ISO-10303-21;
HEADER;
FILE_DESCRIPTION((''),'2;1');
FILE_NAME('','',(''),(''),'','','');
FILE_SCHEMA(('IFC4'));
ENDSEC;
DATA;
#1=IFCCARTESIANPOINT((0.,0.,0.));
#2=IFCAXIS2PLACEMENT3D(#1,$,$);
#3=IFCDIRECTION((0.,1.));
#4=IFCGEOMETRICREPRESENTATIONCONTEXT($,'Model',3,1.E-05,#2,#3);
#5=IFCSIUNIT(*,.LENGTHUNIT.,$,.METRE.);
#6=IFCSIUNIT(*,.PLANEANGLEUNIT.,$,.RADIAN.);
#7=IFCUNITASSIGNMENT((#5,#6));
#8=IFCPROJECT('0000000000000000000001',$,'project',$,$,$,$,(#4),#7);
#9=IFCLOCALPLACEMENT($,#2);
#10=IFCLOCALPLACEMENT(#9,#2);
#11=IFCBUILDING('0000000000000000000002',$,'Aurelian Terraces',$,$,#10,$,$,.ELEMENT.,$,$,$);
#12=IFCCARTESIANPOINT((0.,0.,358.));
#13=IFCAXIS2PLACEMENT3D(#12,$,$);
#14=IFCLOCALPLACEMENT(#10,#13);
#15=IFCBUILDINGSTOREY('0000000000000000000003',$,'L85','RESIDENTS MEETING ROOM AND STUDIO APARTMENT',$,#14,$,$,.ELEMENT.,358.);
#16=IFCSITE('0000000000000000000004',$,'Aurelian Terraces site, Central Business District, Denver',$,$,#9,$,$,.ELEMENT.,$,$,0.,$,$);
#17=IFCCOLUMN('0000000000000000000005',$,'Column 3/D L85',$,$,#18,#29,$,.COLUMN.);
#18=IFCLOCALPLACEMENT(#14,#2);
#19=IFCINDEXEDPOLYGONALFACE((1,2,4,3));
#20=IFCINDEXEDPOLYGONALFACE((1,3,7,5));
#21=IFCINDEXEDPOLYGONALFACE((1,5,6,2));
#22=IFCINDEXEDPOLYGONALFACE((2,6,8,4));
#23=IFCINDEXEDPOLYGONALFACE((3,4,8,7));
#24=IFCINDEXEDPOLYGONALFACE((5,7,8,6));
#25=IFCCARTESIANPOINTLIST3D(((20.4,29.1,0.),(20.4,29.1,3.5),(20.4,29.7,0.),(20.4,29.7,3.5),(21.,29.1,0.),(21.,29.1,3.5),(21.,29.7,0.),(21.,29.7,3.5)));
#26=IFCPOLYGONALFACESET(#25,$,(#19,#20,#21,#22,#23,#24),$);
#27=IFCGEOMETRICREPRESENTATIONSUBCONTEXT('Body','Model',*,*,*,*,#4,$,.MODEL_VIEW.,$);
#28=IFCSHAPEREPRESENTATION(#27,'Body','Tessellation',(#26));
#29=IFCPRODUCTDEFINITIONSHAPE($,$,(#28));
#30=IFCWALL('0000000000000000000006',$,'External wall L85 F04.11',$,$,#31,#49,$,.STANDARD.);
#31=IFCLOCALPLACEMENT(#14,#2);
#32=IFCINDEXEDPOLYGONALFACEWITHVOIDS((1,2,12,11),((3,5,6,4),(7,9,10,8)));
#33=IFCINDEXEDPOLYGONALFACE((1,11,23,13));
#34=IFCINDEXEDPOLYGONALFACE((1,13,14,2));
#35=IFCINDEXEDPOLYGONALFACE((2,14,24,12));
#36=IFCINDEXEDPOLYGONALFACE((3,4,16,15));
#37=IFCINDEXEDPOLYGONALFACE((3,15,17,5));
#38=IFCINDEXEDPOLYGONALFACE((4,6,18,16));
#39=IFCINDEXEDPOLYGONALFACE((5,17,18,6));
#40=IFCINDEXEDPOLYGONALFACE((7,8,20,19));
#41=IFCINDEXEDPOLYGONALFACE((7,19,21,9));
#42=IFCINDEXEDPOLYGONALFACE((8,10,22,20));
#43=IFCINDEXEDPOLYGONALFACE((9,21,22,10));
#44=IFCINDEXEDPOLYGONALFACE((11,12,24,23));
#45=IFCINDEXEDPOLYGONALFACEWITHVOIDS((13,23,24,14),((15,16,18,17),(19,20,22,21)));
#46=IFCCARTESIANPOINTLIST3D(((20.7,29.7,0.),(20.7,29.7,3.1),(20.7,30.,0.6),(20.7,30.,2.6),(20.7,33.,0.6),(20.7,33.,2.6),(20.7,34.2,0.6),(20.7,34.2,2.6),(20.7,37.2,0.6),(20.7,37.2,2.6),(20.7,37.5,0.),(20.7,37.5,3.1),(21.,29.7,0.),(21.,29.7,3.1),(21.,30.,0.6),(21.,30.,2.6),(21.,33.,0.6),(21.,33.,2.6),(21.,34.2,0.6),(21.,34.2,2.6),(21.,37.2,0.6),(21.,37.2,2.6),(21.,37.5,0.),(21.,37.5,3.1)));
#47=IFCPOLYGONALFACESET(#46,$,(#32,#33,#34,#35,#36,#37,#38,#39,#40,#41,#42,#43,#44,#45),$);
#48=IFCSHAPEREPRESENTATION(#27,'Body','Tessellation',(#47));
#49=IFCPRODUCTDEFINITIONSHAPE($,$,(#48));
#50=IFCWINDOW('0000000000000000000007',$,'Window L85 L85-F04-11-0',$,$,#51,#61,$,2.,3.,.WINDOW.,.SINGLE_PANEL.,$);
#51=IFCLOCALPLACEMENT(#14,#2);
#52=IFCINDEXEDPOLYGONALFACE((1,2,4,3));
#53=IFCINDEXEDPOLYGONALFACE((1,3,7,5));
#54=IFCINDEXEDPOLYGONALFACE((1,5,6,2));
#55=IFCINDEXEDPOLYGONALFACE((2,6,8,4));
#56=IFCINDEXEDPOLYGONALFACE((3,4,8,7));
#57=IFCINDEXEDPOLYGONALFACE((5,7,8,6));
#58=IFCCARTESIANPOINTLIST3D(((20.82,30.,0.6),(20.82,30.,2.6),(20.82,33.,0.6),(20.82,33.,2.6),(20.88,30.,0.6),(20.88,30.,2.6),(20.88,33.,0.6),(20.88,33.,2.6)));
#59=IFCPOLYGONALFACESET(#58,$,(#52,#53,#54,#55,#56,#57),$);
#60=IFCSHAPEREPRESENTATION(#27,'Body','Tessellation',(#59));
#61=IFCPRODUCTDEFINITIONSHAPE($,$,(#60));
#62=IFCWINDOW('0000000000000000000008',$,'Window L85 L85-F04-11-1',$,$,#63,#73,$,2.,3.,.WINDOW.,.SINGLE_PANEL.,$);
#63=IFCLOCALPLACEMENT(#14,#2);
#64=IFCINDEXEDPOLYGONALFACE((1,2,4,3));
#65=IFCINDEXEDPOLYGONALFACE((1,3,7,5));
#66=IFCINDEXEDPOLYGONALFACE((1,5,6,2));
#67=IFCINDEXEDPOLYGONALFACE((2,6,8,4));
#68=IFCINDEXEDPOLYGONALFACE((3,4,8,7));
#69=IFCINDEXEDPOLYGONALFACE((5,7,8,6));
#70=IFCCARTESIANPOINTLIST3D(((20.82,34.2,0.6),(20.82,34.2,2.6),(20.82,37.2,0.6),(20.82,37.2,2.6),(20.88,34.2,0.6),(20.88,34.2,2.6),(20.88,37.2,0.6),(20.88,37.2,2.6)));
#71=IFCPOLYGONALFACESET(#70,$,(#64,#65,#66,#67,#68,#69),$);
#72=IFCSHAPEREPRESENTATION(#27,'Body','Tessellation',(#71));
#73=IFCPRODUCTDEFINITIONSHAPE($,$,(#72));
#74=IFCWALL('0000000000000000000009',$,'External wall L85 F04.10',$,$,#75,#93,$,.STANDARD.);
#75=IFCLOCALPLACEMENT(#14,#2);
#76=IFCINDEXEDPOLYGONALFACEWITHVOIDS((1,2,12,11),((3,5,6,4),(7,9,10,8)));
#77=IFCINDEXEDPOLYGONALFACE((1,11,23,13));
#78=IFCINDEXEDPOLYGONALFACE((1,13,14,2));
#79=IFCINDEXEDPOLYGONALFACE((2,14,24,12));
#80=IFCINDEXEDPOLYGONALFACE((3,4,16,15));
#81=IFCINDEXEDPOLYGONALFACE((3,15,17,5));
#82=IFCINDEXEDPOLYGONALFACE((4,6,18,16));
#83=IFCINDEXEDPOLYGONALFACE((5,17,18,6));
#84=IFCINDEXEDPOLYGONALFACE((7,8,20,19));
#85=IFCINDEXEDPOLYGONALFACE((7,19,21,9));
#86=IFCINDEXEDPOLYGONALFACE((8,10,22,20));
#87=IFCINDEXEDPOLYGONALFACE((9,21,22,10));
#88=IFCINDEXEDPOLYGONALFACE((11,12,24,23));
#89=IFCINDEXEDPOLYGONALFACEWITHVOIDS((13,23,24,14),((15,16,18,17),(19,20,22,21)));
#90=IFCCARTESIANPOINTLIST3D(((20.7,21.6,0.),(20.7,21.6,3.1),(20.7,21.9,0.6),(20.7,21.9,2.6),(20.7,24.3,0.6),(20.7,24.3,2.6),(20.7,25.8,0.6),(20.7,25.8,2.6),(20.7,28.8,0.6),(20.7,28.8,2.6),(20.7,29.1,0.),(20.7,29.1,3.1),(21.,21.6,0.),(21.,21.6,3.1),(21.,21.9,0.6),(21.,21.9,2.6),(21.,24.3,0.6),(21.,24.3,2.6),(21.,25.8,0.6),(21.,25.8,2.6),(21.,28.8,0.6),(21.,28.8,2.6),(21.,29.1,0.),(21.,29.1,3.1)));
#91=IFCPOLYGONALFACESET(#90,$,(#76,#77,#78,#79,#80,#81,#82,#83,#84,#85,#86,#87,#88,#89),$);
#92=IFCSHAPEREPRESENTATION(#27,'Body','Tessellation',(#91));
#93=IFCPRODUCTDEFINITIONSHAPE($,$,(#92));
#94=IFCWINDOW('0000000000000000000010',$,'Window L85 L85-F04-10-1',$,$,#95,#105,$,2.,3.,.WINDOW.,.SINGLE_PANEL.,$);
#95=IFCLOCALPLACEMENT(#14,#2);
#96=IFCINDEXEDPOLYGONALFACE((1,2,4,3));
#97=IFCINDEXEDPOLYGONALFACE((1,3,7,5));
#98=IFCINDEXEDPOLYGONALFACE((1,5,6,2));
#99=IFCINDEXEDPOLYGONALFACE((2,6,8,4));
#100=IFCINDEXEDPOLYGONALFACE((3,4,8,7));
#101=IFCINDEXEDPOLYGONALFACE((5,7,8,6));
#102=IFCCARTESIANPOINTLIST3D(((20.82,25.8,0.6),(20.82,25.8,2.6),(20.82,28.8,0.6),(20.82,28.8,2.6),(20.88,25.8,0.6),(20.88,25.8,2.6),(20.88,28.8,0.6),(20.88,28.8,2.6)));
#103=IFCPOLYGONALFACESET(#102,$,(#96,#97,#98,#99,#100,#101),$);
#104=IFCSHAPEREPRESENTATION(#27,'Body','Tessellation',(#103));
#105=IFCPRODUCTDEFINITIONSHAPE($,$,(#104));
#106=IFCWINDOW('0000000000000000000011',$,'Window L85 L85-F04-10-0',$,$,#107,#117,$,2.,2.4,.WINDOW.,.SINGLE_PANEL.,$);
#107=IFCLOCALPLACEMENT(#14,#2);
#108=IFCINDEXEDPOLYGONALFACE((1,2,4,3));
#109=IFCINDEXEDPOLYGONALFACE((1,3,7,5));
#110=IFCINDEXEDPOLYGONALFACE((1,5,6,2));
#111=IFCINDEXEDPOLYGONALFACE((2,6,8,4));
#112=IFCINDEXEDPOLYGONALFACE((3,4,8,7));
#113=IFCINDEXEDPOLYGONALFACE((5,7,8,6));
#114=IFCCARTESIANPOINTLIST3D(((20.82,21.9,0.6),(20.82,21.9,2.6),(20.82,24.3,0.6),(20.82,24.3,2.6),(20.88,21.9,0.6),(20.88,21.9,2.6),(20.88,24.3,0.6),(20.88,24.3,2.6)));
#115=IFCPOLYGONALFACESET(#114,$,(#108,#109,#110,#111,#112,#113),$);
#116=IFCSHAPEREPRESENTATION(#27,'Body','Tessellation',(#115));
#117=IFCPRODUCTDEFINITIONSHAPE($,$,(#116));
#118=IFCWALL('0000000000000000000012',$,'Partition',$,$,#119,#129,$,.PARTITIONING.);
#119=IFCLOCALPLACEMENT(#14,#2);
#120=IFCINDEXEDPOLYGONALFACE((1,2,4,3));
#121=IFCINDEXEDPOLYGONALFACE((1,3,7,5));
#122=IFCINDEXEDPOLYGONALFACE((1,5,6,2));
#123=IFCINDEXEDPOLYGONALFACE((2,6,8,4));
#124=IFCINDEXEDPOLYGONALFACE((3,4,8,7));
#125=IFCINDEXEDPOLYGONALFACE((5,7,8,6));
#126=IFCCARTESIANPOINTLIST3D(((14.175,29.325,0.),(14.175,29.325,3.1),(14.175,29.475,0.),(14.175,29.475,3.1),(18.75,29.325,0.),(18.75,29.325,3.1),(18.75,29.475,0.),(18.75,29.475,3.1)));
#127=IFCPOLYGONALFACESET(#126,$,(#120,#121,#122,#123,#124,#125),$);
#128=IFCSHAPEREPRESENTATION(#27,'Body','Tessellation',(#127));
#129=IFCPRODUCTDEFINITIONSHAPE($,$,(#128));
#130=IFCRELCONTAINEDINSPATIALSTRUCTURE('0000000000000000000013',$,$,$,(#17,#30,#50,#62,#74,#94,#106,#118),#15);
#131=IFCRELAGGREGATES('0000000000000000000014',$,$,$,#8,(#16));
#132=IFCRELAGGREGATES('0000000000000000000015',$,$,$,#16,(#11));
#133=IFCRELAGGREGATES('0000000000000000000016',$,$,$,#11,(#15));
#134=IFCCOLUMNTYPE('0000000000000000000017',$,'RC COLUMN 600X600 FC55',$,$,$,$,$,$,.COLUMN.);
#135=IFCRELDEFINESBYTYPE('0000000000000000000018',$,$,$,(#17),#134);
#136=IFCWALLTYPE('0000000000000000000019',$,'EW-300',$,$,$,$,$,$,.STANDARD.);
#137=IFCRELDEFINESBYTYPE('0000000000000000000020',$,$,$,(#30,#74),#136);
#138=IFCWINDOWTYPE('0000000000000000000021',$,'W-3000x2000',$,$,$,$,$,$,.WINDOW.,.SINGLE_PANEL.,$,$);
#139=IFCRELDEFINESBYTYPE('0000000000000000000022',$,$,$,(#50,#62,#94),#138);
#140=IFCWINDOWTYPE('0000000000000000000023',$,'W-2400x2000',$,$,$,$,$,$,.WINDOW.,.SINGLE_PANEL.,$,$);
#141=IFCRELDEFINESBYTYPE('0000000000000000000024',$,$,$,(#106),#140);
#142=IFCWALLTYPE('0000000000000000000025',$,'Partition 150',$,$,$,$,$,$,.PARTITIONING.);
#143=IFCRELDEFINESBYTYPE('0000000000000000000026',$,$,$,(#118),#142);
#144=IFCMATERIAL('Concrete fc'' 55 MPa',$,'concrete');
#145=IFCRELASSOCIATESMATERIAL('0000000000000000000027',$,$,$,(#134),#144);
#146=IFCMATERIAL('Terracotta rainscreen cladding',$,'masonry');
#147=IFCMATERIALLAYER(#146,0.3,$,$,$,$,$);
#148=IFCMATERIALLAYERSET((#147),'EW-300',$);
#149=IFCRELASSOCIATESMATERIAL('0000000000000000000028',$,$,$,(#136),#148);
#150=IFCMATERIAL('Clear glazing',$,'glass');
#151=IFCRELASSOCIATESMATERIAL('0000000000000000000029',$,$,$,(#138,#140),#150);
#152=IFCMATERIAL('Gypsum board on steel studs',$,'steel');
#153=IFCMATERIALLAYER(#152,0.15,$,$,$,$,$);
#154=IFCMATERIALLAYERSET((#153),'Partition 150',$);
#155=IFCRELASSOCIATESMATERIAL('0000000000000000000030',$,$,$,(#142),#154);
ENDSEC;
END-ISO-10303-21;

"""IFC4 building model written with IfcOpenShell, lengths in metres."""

from ifc_helpers import new_model, si_unit, direction, frame, frame_2d, origin, origin_2d, place, context, subcontext, project, spatial, rectangle, extrude, source, transform, mapped, material, layer, layer_set, material_profile, profile_set, type_object, element, fill, save


model = new_model("IFC4")

# Units and contexts
model_context = context("Model", 3, precision=1e-05, world=origin(), true_north=direction((0.0, 1.0)))
body_context = subcontext(model_context, "Body", "Model", "MODEL_VIEW")
ifc_project = project(units=[si_unit("LENGTHUNIT", "METRE"), si_unit("PLANEANGLEUNIT", "RADIAN")], contexts=[model_context])

# Site, building, storey
site_placement = place(None, origin())
site = spatial("IfcSite", under=ifc_project, at=site_placement, Name="Aurelian Terraces site, Central Business District, Denver", CompositionType="ELEMENT", RefElevation=0.0)
building_placement = place(site_placement, origin())
building = spatial("IfcBuilding", under=site, at=building_placement, Name="Aurelian Terraces", CompositionType="ELEMENT")
storey_placement = place(building_placement, frame((0.0, 0.0, 358.0)))
storey = spatial("IfcBuildingStorey", under=building, at=storey_placement, Name="L85", Description="RESIDENTS MEETING ROOM AND STUDIO APARTMENT", CompositionType="ELEMENT", Elevation=358.0)

# Column
ifc_material_1 = material(Name="Concrete fc' 55 MPa", Category="concrete")
ifc_material_profile = material_profile(ifc_material_1, rectangle(XDim=0.6, YDim=0.6, at=origin_2d()))
ifc_profile_set = profile_set([ifc_material_profile], Name="Concrete fc' 55 MPa")
column_type = type_object("IfcColumnType", Name="RC COLUMN 600X600 FC55", PredefinedType="COLUMN", material=ifc_profile_set)
shared_shape_1 = source(origin(), body_context, "Body", "SweptSolid", [
    extrude(rectangle(XDim=0.6, YDim=0.6, at=origin_2d()), origin(), (0.0, 0.0, 1.0), 3.5),
])
column_placement = place(storey_placement, frame((20.7, 29.4, 0.0), z_axis=(0.0, 0.0, 1.0), x_axis=(1.0, 0.0, 0.0)))
element("IfcColumn", 1, at=column_placement, inside=storey, type_object=column_type, Name="Column 3/D L85", PredefinedType="COLUMN", context=body_context, shape_type="MappedRepresentation", body=[
    mapped(shared_shape_1, transform((0.0, 0.0, 0.0), scale=1.0)),
])

# Walls, openings, windows
ifc_material_2 = material(Name="Terracotta rainscreen cladding", Category="masonry")
ifc_layer_1 = layer(ifc_material_2, 0.3)
ifc_layer_set_1 = layer_set([ifc_layer_1], Name="EW-300")
wall_type_1 = type_object("IfcWallType", Name="EW-300", PredefinedType="STANDARD", material=ifc_layer_set_1)
shared_shape_2 = source(origin(), body_context, "Body", "SweptSolid", [
    extrude(rectangle(XDim=7.8, YDim=0.3, at=frame_2d((3.9, 0.0))), origin(), (0.0, 0.0, 1.0), 3.1),
])
wall_1_placement = place(storey_placement, frame((20.85, 29.7, 0.0), z_axis=(0.0, 0.0, 1.0), x_axis=(0.0, 1.0, 0.0)))
wall_1 = element("IfcWall", 2, at=wall_1_placement, inside=storey, type_object=wall_type_1, Name="External wall L85 F04.11", PredefinedType="STANDARD", context=body_context, shape_type="MappedRepresentation", body=[
    mapped(shared_shape_2, transform((0.0, 0.0, 0.0), scale=1.0)),
])
shared_shape_3 = source(origin(), body_context, "Body", "SweptSolid", [
    extrude(rectangle(XDim=3.0, YDim=2.0, at=frame_2d((1.5, 1.0))), frame((0.0, 0.16, 0.0), z_axis=(0.0, -1.0, 0.0), x_axis=(1.0, 0.0, 0.0)), (0.0, 0.0, 1.0), 0.32),
])
opening_1_placement = place(wall_1_placement, frame((0.3, 0.0, 0.6)))
opening_1 = element("IfcOpeningElement", 3, at=opening_1_placement, cuts=wall_1, PredefinedType="OPENING", context=body_context, shape_type="MappedRepresentation", body=[
    mapped(shared_shape_3, transform((0.0, 0.0, 0.0), scale=1.0)),
])
opening_2_placement = place(wall_1_placement, frame((4.5, 0.0, 0.6)))
opening_2 = element("IfcOpeningElement", 4, at=opening_2_placement, cuts=wall_1, PredefinedType="OPENING", context=body_context, shape_type="MappedRepresentation", body=[
    mapped(shared_shape_3, transform((0.0, 0.0, 0.0), scale=1.0)),
])
ifc_material_3 = material(Name="Clear glazing", Category="glass")
window_type_1 = type_object("IfcWindowType", Name="W-3000x2000", PartitioningType="SINGLE_PANEL", PredefinedType="WINDOW", material=ifc_material_3)
shared_shape_4 = source(origin(), body_context, "Body", "SweptSolid", [
    extrude(rectangle(XDim=3.0, YDim=2.0, at=frame_2d((1.5, 1.0))), frame((0.0, 0.03, 0.0), z_axis=(0.0, -1.0, 0.0), x_axis=(1.0, 0.0, 0.0)), (0.0, 0.0, 1.0), 0.06),
])
window_1_placement = place(opening_1_placement, origin())
window_1 = element("IfcWindow", 5, at=window_1_placement, inside=storey, type_object=window_type_1, Name="Window L85 L85-F04-11-0", OverallHeight=2.0, OverallWidth=3.0, PartitioningType="SINGLE_PANEL", PredefinedType="WINDOW", context=body_context, shape_type="MappedRepresentation", body=[
    mapped(shared_shape_4, transform((0.0, 0.0, 0.0), scale=1.0)),
])
fill(opening_1, window_1)
window_2_placement = place(opening_2_placement, origin())
window_2 = element("IfcWindow", 6, at=window_2_placement, inside=storey, type_object=window_type_1, Name="Window L85 L85-F04-11-1", OverallHeight=2.0, OverallWidth=3.0, PartitioningType="SINGLE_PANEL", PredefinedType="WINDOW", context=body_context, shape_type="MappedRepresentation", body=[
    mapped(shared_shape_4, transform((0.0, 0.0, 0.0), scale=1.0)),
])
fill(opening_2, window_2)
shared_shape_5 = source(origin(), body_context, "Body", "SweptSolid", [
    extrude(rectangle(XDim=7.5, YDim=0.3, at=frame_2d((3.75, 0.0))), origin(), (0.0, 0.0, 1.0), 3.1),
])
wall_2_placement = place(storey_placement, frame((20.85, 21.6, 0.0), z_axis=(0.0, 0.0, 1.0), x_axis=(0.0, 1.0, 0.0)))
wall_2 = element("IfcWall", 7, at=wall_2_placement, inside=storey, type_object=wall_type_1, Name="External wall L85 F04.10", PredefinedType="STANDARD", context=body_context, shape_type="MappedRepresentation", body=[
    mapped(shared_shape_5, transform((0.0, 0.0, 0.0), scale=1.0)),
])
shared_shape_6 = source(origin(), body_context, "Body", "SweptSolid", [
    extrude(rectangle(XDim=2.4, YDim=2.0, at=frame_2d((1.2, 1.0))), frame((0.0, 0.16, 0.0), z_axis=(0.0, -1.0, 0.0), x_axis=(1.0, 0.0, 0.0)), (0.0, 0.0, 1.0), 0.32),
])
opening_3_placement = place(wall_2_placement, frame((0.3, 0.0, 0.6)))
opening_3 = element("IfcOpeningElement", 8, at=opening_3_placement, cuts=wall_2, PredefinedType="OPENING", context=body_context, shape_type="MappedRepresentation", body=[
    mapped(shared_shape_6, transform((0.0, 0.0, 0.0), scale=1.0)),
])
opening_4_placement = place(wall_2_placement, frame((4.2, 0.0, 0.6)))
opening_4 = element("IfcOpeningElement", 9, at=opening_4_placement, cuts=wall_2, PredefinedType="OPENING", context=body_context, shape_type="MappedRepresentation", body=[
    mapped(shared_shape_3, transform((0.0, 0.0, 0.0), scale=1.0)),
])
window_3_placement = place(opening_4_placement, origin())
window_3 = element("IfcWindow", 10, at=window_3_placement, inside=storey, type_object=window_type_1, Name="Window L85 L85-F04-10-1", OverallHeight=2.0, OverallWidth=3.0, PartitioningType="SINGLE_PANEL", PredefinedType="WINDOW", context=body_context, shape_type="MappedRepresentation", body=[
    mapped(shared_shape_4, transform((0.0, 0.0, 0.0), scale=1.0)),
])
fill(opening_4, window_3)
window_type_2 = type_object("IfcWindowType", Name="W-2400x2000", PartitioningType="SINGLE_PANEL", PredefinedType="WINDOW", material=ifc_material_3)
shared_shape_7 = source(origin(), body_context, "Body", "SweptSolid", [
    extrude(rectangle(XDim=2.4, YDim=2.0, at=frame_2d((1.2, 1.0))), frame((0.0, 0.03, 0.0), z_axis=(0.0, -1.0, 0.0), x_axis=(1.0, 0.0, 0.0)), (0.0, 0.0, 1.0), 0.06),
])
window_4_placement = place(opening_3_placement, origin())
window_4 = element("IfcWindow", 11, at=window_4_placement, inside=storey, type_object=window_type_2, Name="Window L85 L85-F04-10-0", OverallHeight=2.0, OverallWidth=2.4, PartitioningType="SINGLE_PANEL", PredefinedType="WINDOW", context=body_context, shape_type="MappedRepresentation", body=[
    mapped(shared_shape_7, transform((0.0, 0.0, 0.0), scale=1.0)),
])
fill(opening_3, window_4)

# Wall
ifc_material_4 = material(Name="Gypsum board on steel studs", Category="steel")
ifc_layer_2 = layer(ifc_material_4, 0.15)
ifc_layer_set_2 = layer_set([ifc_layer_2], Name="Partition 150")
wall_type_2 = type_object("IfcWallType", Name="Partition 150", PredefinedType="PARTITIONING", material=ifc_layer_set_2)
shared_shape_8 = source(origin(), body_context, "Body", "SweptSolid", [
    extrude(rectangle(XDim=4.575, YDim=0.15, at=frame_2d((2.2875, 0.0))), origin(), (0.0, 0.0, 1.0), 3.1),
])
wall_3_placement = place(storey_placement, frame((18.75, 29.4, 0.0), z_axis=(0.0, 0.0, 1.0), x_axis=(-1.0, 0.0, 0.0)))
element("IfcWall", 12, at=wall_3_placement, inside=storey, type_object=wall_type_2, Name="Partition", PredefinedType="PARTITIONING", context=body_context, shape_type="MappedRepresentation", body=[
    mapped(shared_shape_8, transform((0.0, 0.0, 0.0), scale=1.0)),
])

save(model, "model.ifc")
